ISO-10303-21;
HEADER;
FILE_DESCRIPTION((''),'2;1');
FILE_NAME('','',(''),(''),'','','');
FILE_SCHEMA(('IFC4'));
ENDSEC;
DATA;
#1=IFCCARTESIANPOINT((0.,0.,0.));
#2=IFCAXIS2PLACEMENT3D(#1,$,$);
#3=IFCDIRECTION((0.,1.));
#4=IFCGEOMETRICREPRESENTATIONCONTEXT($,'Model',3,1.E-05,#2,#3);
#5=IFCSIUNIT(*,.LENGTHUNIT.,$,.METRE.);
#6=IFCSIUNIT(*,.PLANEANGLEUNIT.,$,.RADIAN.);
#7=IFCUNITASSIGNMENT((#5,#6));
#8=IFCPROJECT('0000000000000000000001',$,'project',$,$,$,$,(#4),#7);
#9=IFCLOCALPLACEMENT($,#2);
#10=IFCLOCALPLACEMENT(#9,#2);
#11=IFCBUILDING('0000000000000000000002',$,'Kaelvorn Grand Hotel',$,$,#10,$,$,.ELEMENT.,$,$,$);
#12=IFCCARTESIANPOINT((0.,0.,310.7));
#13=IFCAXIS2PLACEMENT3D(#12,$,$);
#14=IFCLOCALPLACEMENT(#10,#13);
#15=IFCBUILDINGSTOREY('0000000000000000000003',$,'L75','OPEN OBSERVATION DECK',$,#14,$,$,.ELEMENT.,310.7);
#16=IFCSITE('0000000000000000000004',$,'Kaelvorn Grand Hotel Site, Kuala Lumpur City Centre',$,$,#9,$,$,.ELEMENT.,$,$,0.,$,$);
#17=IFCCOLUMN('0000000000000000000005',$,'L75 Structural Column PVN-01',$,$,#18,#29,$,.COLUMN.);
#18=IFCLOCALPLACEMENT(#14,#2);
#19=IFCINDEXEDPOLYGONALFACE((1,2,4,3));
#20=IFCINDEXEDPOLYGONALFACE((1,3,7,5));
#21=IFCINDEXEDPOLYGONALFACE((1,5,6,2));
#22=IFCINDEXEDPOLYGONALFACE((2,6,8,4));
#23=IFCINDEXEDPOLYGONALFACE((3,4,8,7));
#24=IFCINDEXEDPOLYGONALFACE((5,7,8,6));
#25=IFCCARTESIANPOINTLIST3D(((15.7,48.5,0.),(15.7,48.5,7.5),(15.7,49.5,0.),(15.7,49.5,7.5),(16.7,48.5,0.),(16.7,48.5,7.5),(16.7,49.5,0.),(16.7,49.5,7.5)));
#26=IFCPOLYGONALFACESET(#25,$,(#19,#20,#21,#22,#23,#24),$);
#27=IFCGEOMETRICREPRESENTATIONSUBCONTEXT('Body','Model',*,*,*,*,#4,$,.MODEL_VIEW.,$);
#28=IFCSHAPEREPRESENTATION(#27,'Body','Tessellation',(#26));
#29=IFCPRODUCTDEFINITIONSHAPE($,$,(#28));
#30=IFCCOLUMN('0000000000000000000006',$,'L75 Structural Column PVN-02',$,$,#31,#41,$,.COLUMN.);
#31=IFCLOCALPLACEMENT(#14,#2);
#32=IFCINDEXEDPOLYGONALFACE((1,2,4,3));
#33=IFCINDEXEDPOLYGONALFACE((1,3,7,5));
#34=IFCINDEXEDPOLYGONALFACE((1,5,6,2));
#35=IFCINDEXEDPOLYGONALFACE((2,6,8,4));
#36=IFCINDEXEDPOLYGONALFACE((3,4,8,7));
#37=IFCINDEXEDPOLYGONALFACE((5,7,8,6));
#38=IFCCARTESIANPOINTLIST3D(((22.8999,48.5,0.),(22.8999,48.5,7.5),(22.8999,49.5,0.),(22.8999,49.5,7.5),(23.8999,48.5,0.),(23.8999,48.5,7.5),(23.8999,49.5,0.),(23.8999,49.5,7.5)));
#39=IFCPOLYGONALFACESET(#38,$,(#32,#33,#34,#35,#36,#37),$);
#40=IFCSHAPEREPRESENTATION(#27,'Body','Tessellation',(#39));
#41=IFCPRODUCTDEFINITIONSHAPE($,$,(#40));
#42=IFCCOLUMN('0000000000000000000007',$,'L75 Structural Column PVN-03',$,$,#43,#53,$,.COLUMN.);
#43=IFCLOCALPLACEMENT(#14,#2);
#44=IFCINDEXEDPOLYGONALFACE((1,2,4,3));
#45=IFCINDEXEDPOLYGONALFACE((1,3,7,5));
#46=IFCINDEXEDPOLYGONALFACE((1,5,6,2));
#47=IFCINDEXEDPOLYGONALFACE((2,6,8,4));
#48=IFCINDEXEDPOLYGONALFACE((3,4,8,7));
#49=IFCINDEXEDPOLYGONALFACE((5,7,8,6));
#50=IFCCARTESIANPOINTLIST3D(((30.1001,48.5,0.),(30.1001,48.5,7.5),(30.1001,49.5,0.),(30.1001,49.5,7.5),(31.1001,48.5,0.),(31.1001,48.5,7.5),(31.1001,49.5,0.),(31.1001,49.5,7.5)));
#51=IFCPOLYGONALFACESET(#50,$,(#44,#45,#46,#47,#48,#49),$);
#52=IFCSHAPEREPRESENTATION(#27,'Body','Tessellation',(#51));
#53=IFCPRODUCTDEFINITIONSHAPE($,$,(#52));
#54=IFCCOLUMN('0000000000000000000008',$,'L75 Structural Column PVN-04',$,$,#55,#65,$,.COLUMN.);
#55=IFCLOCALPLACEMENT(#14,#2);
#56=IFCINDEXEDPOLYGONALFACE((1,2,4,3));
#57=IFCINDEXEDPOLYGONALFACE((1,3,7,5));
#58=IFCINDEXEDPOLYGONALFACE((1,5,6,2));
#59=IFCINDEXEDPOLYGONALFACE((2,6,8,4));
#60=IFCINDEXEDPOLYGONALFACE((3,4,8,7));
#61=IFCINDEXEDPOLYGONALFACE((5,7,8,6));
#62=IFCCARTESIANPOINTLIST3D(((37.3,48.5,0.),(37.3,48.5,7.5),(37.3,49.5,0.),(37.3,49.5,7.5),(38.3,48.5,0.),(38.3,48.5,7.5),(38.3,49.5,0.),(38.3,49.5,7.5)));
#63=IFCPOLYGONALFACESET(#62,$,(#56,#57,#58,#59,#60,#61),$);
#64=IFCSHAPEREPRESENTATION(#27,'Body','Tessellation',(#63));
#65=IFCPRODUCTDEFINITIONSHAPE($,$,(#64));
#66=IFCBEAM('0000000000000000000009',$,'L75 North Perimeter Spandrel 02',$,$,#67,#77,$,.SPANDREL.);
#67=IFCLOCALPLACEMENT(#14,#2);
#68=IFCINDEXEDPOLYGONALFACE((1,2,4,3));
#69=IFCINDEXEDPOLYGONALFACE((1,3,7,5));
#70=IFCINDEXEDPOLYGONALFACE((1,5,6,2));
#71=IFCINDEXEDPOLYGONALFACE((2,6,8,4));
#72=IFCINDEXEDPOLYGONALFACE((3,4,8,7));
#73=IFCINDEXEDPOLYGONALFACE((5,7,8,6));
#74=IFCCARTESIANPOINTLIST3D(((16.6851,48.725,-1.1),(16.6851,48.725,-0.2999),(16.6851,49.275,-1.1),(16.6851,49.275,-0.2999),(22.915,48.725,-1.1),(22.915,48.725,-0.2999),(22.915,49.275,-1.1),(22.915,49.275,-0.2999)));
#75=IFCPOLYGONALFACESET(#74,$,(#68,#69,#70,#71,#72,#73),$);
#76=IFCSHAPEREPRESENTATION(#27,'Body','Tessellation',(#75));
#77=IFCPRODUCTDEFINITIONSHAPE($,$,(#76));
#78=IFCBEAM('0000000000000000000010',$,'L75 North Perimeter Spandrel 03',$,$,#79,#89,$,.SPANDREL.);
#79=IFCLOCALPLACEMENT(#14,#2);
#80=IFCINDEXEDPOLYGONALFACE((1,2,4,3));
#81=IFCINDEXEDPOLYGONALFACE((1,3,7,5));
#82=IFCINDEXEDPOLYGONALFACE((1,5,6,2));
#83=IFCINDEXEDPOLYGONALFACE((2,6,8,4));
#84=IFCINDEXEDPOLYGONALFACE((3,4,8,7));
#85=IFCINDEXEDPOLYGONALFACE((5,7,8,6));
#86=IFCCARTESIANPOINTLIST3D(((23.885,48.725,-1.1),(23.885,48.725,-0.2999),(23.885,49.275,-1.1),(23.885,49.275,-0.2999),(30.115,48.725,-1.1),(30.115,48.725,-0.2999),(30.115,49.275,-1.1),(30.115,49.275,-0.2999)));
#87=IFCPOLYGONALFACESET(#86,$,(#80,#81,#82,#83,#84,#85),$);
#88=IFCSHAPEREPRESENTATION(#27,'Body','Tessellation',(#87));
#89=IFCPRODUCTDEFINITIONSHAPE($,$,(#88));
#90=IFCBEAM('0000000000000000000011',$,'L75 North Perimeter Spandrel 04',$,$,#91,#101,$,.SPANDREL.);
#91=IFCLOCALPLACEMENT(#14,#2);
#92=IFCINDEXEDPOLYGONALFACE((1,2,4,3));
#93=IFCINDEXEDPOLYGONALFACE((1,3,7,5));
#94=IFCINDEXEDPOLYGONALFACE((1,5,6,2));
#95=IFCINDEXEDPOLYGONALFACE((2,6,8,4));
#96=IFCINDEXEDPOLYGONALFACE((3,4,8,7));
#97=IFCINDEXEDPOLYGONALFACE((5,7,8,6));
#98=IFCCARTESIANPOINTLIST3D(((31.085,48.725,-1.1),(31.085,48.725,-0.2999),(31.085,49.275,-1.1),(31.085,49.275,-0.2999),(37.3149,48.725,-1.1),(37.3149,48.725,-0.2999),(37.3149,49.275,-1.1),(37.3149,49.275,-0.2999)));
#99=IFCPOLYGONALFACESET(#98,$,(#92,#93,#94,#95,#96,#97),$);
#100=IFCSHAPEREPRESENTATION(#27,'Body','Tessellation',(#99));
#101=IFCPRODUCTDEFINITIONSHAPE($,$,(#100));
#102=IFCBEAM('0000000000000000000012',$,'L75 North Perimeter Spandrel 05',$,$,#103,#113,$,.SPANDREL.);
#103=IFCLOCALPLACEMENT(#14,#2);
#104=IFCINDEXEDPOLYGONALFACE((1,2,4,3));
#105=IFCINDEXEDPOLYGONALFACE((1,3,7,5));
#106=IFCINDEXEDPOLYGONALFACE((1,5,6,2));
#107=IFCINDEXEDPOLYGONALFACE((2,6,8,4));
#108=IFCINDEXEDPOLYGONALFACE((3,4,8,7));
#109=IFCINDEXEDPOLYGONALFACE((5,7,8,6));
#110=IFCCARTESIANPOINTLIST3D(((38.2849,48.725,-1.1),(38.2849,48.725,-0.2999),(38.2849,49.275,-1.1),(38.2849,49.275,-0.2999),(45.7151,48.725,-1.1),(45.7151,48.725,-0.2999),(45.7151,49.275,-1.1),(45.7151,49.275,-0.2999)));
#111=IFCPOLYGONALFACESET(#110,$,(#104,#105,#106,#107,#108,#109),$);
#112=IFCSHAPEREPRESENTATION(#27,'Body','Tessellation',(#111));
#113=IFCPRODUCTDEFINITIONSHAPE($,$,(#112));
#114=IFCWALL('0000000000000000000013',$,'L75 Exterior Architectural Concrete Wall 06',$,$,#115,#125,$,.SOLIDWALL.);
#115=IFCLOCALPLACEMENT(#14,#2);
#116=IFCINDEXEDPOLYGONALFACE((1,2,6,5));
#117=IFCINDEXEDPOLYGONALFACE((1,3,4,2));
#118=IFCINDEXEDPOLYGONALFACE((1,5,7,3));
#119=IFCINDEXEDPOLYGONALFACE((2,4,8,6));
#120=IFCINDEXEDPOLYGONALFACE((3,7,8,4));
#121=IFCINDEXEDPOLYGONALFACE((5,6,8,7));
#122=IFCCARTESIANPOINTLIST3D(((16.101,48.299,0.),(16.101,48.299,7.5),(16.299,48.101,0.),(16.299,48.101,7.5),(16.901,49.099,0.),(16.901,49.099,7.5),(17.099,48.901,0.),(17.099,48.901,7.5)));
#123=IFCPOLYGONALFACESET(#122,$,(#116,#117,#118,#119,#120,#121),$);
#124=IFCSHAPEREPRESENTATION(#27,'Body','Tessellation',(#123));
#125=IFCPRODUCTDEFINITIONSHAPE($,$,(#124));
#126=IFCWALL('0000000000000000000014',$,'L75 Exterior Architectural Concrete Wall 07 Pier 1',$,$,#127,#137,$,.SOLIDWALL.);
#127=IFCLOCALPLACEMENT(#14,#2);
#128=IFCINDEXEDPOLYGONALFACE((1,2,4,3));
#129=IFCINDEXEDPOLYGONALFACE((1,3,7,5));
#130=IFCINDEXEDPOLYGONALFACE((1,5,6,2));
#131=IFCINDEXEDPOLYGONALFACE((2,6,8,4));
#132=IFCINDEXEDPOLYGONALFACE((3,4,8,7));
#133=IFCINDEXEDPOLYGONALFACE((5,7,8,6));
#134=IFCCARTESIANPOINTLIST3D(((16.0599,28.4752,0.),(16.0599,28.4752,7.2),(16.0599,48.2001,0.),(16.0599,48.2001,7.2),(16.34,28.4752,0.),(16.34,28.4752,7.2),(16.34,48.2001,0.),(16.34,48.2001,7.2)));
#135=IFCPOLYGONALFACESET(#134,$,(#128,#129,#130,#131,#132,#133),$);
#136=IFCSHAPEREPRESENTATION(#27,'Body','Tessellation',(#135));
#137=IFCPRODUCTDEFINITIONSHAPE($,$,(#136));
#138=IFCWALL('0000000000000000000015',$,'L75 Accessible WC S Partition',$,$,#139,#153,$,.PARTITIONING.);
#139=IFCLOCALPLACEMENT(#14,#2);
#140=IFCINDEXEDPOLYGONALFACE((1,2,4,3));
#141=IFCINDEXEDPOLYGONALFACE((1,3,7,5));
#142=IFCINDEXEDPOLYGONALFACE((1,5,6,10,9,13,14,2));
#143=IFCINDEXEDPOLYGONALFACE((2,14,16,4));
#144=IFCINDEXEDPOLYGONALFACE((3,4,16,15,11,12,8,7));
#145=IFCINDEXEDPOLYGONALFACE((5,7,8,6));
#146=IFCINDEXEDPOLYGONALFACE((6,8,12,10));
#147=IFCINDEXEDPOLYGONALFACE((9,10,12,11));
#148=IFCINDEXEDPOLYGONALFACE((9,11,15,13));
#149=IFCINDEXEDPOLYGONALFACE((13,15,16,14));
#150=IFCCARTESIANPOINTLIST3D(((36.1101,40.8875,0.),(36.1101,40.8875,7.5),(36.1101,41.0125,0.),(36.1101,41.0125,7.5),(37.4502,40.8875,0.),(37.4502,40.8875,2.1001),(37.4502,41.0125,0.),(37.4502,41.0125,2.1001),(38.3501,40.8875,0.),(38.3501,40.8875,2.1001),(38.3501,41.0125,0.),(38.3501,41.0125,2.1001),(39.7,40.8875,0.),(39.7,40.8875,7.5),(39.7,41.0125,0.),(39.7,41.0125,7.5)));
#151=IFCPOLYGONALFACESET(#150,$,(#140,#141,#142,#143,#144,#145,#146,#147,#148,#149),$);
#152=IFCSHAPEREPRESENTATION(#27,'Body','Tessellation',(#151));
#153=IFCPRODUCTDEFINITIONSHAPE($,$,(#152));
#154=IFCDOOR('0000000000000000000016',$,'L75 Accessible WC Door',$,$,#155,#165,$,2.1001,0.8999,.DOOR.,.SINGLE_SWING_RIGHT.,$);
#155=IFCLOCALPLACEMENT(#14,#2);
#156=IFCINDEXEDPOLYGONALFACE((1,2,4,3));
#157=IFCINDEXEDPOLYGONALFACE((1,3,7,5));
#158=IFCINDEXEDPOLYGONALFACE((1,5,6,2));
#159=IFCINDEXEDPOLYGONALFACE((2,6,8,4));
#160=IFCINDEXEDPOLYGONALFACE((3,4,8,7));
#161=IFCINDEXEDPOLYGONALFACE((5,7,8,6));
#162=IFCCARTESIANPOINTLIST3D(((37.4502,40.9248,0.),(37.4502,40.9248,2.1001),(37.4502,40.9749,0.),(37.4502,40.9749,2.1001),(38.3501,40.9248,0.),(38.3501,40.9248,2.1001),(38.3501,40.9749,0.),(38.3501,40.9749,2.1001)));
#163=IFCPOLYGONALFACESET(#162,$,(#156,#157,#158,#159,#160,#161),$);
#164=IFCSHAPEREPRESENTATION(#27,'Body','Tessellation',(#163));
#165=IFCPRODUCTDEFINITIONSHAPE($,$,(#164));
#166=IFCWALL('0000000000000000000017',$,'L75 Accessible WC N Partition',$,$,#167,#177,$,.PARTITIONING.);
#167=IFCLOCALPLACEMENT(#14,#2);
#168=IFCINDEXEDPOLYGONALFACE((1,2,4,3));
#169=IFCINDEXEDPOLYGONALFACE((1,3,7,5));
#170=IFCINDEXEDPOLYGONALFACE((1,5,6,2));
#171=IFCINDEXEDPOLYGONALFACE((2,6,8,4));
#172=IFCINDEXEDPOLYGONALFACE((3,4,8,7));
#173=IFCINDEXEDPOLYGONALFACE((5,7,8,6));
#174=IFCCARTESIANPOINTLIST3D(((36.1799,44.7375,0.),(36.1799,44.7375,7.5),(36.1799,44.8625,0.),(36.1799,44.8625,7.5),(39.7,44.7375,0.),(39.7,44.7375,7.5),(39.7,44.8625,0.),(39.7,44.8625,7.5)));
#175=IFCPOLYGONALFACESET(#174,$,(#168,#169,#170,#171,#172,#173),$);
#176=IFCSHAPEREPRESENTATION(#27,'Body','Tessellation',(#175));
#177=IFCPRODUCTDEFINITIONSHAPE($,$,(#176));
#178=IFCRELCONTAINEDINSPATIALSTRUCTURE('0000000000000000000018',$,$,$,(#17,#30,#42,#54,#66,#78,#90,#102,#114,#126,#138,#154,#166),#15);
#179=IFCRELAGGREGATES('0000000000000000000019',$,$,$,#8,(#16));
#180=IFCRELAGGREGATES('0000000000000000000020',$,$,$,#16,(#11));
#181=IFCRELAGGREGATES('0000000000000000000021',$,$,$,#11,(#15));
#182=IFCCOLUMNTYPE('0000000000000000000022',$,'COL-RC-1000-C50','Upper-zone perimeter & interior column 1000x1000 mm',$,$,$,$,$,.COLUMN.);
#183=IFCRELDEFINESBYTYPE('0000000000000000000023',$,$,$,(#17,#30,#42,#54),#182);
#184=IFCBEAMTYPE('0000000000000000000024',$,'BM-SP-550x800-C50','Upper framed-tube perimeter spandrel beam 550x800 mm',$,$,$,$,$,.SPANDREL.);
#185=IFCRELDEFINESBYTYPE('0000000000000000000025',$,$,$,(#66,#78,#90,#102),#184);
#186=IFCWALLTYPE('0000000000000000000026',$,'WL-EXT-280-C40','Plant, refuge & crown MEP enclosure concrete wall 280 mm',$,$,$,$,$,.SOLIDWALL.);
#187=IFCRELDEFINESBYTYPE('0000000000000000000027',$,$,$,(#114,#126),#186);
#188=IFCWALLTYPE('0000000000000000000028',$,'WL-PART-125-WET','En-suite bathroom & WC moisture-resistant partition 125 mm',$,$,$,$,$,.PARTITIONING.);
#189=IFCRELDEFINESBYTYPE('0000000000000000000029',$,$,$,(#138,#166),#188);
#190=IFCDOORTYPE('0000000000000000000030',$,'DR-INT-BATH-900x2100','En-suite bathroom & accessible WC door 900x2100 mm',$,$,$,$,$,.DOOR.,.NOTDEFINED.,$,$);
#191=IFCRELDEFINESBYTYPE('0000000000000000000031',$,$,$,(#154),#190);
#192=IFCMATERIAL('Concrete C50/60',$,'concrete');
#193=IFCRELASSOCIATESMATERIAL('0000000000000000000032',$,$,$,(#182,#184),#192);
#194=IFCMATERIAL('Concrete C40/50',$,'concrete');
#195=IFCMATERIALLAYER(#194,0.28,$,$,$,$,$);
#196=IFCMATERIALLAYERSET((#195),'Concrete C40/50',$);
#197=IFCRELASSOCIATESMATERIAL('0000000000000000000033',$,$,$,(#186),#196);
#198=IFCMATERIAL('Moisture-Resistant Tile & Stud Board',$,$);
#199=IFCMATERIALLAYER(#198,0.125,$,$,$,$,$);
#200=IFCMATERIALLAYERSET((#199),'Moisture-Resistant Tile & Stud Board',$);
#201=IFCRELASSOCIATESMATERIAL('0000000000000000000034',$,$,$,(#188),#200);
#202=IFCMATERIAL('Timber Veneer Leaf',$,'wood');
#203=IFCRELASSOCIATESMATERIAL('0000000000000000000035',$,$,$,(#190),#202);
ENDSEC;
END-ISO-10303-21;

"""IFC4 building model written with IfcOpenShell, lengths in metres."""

from ifc_helpers import new_model, si_unit, direction, frame, frame_2d, origin, origin_2d, place, context, subcontext, project, spatial, rectangle, extrude, material, layer, layer_set, material_profile, profile_set, type_object, element, fill, save


model = new_model("IFC4")

# Units and contexts
model_context = context("Model", 3, precision=1e-05, world=origin(), true_north=direction((0.0, 1.0)))
body_context = subcontext(model_context, "Body", "Model", "MODEL_VIEW")
ifc_project = project(units=[si_unit("LENGTHUNIT", "METRE"), si_unit("PLANEANGLEUNIT", "RADIAN")], contexts=[model_context])

# Site, building, storey
site_placement = place(None, origin())
site = spatial("IfcSite", under=ifc_project, at=site_placement, Name="Kaelvorn Grand Hotel Site, Kuala Lumpur City Centre", CompositionType="ELEMENT", RefElevation=0.0)
building_placement = place(site_placement, origin())
building = spatial("IfcBuilding", under=site, at=building_placement, Name="Kaelvorn Grand Hotel", CompositionType="ELEMENT")
storey_placement = place(building_placement, frame((0.0, 0.0, 310.7)))
storey = spatial("IfcBuildingStorey", under=building, at=storey_placement, Name="L75", Description="OPEN OBSERVATION DECK", CompositionType="ELEMENT", Elevation=310.7)

# Columns
ifc_material_1 = material(Name="Concrete C50/60", Category="concrete")
ifc_material_profile_1 = material_profile(ifc_material_1, rectangle(XDim=1.0, YDim=1.0, at=origin_2d()), Name="RC COL 1000x1000")
ifc_profile_set_1 = profile_set([ifc_material_profile_1], Name="Concrete C50/60")
column_type = type_object("IfcColumnType", Name="COL-RC-1000-C50", Description="Upper-zone perimeter & interior column 1000x1000 mm", PredefinedType="COLUMN", material=ifc_profile_set_1)
for number, where, z_axis, x_axis, name in (
    (1, (16.2, 49.0, 0.0), (0.0, 0.0, 1.0), (1.0, 0.0, 0.0), "L75 Structural Column PVN-01"),
    (2, (23.3999, 49.0, 0.0), (0.0, 0.0, 1.0), (1.0, 0.0, 0.0), "L75 Structural Column PVN-02"),
    (3, (30.6001, 49.0, 0.0), (0.0, 0.0, 1.0), (1.0, 0.0, 0.0), "L75 Structural Column PVN-03"),
    (4, (37.8, 49.0, 0.0), (0.0, 0.0, 1.0), (1.0, 0.0, 0.0), "L75 Structural Column PVN-04"),
):
    element("IfcColumn", number, at=place(storey_placement, frame(where, z_axis=z_axis, x_axis=x_axis)), inside=storey, type_object=column_type, Name=name, PredefinedType="COLUMN", context=body_context, shape_type="SweptSolid", body=[
        extrude(rectangle(XDim=1.0, YDim=1.0, at=origin_2d()), origin(), (0.0, 0.0, 1.0), 7.5),
    ])

# Beams
ifc_material_profile_2 = material_profile(ifc_material_1, rectangle(XDim=0.55, YDim=0.8, at=origin_2d()), Name="RC SPANDREL 550x800")
ifc_profile_set_2 = profile_set([ifc_material_profile_2], Name="Concrete C50/60")
beam_type = type_object("IfcBeamType", Name="BM-SP-550x800-C50", Description="Upper framed-tube perimeter spandrel beam 550x800 mm", PredefinedType="SPANDREL", material=ifc_profile_set_2)
for number, where, z_axis, x_axis, name in (
    (5, (16.6851, 49.0, -0.7), (1.0, 0.0, 0.0), (0.0, 1.0, 0.0), "L75 North Perimeter Spandrel 02"),
    (6, (23.885, 49.0, -0.7), (1.0, 0.0, 0.0), (0.0, 1.0, 0.0), "L75 North Perimeter Spandrel 03"),
    (7, (31.085, 49.0, -0.7), (1.0, 0.0, 0.0), (0.0, 1.0, 0.0), "L75 North Perimeter Spandrel 04"),
):
    element("IfcBeam", number, at=place(storey_placement, frame(where, z_axis=z_axis, x_axis=x_axis)), inside=storey, type_object=beam_type, Name=name, PredefinedType="SPANDREL", context=body_context, shape_type="SweptSolid", body=[
        extrude(rectangle(XDim=0.55, YDim=0.8, at=origin_2d()), origin(), (0.0, 0.0, 1.0), 6.23),
    ])
beam_placement = place(storey_placement, frame((38.2849, 49.0, -0.7), z_axis=(1.0, 0.0, 0.0), x_axis=(0.0, 1.0, 0.0)))
element("IfcBeam", 8, at=beam_placement, inside=storey, type_object=beam_type, Name="L75 North Perimeter Spandrel 05", PredefinedType="SPANDREL", context=body_context, shape_type="SweptSolid", body=[
    extrude(rectangle(XDim=0.55, YDim=0.8, at=origin_2d()), origin(), (0.0, 0.0, 1.0), 7.4302),
])

# Walls
ifc_material_2 = material(Name="Concrete C40/50", Category="concrete")
ifc_layer_1 = layer(ifc_material_2, 0.28)
ifc_layer_set_1 = layer_set([ifc_layer_1], Name="Concrete C40/50")
wall_type_1 = type_object("IfcWallType", Name="WL-EXT-280-C40", Description="Plant, refuge & crown MEP enclosure concrete wall 280 mm", PredefinedType="SOLIDWALL", material=ifc_layer_set_1)
wall_1_placement = place(storey_placement, frame((17.0, 49.0, 0.0), z_axis=(0.0, 0.0, 1.0), x_axis=(-0.707107, -0.707107, 0.0)))
element("IfcWall", 9, at=wall_1_placement, inside=storey, type_object=wall_type_1, Name="L75 Exterior Architectural Concrete Wall 06", PredefinedType="SOLIDWALL", context=body_context, shape_type="SweptSolid", body=[
    extrude(rectangle(XDim=1.1313, YDim=0.28, at=frame_2d((0.5657, 0.0))), origin(), (0.0, 0.0, 1.0), 7.5),
])
wall_2_placement = place(storey_placement, frame((16.2, 48.2, 0.0), z_axis=(0.0, 0.0, 1.0), x_axis=(0.0, -1.0, 0.0)))
element("IfcWall", 10, at=wall_2_placement, inside=storey, type_object=wall_type_1, Name="L75 Exterior Architectural Concrete Wall 07 Pier 1", PredefinedType="SOLIDWALL", context=body_context, shape_type="SweptSolid", body=[
    extrude(rectangle(XDim=19.7249, YDim=0.28, at=frame_2d((9.8623, 0.0))), origin(), (0.0, 0.0, 1.0), 7.2),
])

# Wall, opening, door
ifc_material_3 = material(Name="Moisture-Resistant Tile & Stud Board")
ifc_layer_2 = layer(ifc_material_3, 0.125)
ifc_layer_set_2 = layer_set([ifc_layer_2], Name="Moisture-Resistant Tile & Stud Board")
wall_type_2 = type_object("IfcWallType", Name="WL-PART-125-WET", Description="En-suite bathroom & WC moisture-resistant partition 125 mm", PredefinedType="PARTITIONING", material=ifc_layer_set_2)
wall_3_placement = place(storey_placement, frame((36.1101, 40.95, 0.0), z_axis=(0.0, 0.0, 1.0), x_axis=(1.0, 0.0, 0.0)))
wall_3 = element("IfcWall", 11, at=wall_3_placement, inside=storey, type_object=wall_type_2, Name="L75 Accessible WC S Partition", PredefinedType="PARTITIONING", context=body_context, shape_type="SweptSolid", body=[
    extrude(rectangle(XDim=3.5898, YDim=0.125, at=frame_2d((1.7949, 0.0))), origin(), (0.0, 0.0, 1.0), 7.5),
])
opening_1_placement = place(wall_3_placement, frame((1.3401, 0.0, 0.0)))
opening_1 = element("IfcOpeningElement", 12, at=opening_1_placement, cuts=wall_3, PredefinedType="OPENING", context=body_context, shape_type="SweptSolid", body=[
    extrude(rectangle(XDim=0.8999, YDim=2.1001, at=frame_2d((0.45, 1.05))), frame((0.0, 0.0725, 0.0), z_axis=(0.0, -1.0, 0.0), x_axis=(1.0, 0.0, 0.0)), (0.0, 0.0, 1.0), 0.145),
])
ifc_material_4 = material(Name="Timber Veneer Leaf", Category="wood")
door_type_1 = type_object("IfcDoorType", Name="DR-INT-BATH-900x2100", Description="En-suite bathroom & accessible WC door 900x2100 mm", OperationType="NOTDEFINED", PredefinedType="DOOR", material=ifc_material_4)
door_1_placement = place(opening_1_placement, origin())
door_1 = element("IfcDoor", 13, at=door_1_placement, inside=storey, type_object=door_type_1, Name="L75 Accessible WC Door", OperationType="SINGLE_SWING_RIGHT", OverallHeight=2.1001, OverallWidth=0.8999, PredefinedType="DOOR", context=body_context, shape_type="SweptSolid", body=[
    extrude(rectangle(XDim=0.8999, YDim=2.1001, at=frame_2d((0.45, 1.05))), frame((0.0, 0.0249, 0.0), z_axis=(0.0, -1.0, 0.0), x_axis=(1.0, 0.0, 0.0)), (0.0, 0.0, 1.0), 0.05),
])
fill(opening_1, door_1)

# Wall
wall_4_placement = place(storey_placement, frame((36.1799, 44.8, 0.0), z_axis=(0.0, 0.0, 1.0), x_axis=(1.0, 0.0, 0.0)))
element("IfcWall", 14, at=wall_4_placement, inside=storey, type_object=wall_type_2, Name="L75 Accessible WC N Partition", PredefinedType="PARTITIONING", context=body_context, shape_type="SweptSolid", body=[
    extrude(rectangle(XDim=3.52, YDim=0.125, at=frame_2d((1.76, 0.0))), origin(), (0.0, 0.0, 1.0), 7.5),
])

save(model, "model.ifc")
